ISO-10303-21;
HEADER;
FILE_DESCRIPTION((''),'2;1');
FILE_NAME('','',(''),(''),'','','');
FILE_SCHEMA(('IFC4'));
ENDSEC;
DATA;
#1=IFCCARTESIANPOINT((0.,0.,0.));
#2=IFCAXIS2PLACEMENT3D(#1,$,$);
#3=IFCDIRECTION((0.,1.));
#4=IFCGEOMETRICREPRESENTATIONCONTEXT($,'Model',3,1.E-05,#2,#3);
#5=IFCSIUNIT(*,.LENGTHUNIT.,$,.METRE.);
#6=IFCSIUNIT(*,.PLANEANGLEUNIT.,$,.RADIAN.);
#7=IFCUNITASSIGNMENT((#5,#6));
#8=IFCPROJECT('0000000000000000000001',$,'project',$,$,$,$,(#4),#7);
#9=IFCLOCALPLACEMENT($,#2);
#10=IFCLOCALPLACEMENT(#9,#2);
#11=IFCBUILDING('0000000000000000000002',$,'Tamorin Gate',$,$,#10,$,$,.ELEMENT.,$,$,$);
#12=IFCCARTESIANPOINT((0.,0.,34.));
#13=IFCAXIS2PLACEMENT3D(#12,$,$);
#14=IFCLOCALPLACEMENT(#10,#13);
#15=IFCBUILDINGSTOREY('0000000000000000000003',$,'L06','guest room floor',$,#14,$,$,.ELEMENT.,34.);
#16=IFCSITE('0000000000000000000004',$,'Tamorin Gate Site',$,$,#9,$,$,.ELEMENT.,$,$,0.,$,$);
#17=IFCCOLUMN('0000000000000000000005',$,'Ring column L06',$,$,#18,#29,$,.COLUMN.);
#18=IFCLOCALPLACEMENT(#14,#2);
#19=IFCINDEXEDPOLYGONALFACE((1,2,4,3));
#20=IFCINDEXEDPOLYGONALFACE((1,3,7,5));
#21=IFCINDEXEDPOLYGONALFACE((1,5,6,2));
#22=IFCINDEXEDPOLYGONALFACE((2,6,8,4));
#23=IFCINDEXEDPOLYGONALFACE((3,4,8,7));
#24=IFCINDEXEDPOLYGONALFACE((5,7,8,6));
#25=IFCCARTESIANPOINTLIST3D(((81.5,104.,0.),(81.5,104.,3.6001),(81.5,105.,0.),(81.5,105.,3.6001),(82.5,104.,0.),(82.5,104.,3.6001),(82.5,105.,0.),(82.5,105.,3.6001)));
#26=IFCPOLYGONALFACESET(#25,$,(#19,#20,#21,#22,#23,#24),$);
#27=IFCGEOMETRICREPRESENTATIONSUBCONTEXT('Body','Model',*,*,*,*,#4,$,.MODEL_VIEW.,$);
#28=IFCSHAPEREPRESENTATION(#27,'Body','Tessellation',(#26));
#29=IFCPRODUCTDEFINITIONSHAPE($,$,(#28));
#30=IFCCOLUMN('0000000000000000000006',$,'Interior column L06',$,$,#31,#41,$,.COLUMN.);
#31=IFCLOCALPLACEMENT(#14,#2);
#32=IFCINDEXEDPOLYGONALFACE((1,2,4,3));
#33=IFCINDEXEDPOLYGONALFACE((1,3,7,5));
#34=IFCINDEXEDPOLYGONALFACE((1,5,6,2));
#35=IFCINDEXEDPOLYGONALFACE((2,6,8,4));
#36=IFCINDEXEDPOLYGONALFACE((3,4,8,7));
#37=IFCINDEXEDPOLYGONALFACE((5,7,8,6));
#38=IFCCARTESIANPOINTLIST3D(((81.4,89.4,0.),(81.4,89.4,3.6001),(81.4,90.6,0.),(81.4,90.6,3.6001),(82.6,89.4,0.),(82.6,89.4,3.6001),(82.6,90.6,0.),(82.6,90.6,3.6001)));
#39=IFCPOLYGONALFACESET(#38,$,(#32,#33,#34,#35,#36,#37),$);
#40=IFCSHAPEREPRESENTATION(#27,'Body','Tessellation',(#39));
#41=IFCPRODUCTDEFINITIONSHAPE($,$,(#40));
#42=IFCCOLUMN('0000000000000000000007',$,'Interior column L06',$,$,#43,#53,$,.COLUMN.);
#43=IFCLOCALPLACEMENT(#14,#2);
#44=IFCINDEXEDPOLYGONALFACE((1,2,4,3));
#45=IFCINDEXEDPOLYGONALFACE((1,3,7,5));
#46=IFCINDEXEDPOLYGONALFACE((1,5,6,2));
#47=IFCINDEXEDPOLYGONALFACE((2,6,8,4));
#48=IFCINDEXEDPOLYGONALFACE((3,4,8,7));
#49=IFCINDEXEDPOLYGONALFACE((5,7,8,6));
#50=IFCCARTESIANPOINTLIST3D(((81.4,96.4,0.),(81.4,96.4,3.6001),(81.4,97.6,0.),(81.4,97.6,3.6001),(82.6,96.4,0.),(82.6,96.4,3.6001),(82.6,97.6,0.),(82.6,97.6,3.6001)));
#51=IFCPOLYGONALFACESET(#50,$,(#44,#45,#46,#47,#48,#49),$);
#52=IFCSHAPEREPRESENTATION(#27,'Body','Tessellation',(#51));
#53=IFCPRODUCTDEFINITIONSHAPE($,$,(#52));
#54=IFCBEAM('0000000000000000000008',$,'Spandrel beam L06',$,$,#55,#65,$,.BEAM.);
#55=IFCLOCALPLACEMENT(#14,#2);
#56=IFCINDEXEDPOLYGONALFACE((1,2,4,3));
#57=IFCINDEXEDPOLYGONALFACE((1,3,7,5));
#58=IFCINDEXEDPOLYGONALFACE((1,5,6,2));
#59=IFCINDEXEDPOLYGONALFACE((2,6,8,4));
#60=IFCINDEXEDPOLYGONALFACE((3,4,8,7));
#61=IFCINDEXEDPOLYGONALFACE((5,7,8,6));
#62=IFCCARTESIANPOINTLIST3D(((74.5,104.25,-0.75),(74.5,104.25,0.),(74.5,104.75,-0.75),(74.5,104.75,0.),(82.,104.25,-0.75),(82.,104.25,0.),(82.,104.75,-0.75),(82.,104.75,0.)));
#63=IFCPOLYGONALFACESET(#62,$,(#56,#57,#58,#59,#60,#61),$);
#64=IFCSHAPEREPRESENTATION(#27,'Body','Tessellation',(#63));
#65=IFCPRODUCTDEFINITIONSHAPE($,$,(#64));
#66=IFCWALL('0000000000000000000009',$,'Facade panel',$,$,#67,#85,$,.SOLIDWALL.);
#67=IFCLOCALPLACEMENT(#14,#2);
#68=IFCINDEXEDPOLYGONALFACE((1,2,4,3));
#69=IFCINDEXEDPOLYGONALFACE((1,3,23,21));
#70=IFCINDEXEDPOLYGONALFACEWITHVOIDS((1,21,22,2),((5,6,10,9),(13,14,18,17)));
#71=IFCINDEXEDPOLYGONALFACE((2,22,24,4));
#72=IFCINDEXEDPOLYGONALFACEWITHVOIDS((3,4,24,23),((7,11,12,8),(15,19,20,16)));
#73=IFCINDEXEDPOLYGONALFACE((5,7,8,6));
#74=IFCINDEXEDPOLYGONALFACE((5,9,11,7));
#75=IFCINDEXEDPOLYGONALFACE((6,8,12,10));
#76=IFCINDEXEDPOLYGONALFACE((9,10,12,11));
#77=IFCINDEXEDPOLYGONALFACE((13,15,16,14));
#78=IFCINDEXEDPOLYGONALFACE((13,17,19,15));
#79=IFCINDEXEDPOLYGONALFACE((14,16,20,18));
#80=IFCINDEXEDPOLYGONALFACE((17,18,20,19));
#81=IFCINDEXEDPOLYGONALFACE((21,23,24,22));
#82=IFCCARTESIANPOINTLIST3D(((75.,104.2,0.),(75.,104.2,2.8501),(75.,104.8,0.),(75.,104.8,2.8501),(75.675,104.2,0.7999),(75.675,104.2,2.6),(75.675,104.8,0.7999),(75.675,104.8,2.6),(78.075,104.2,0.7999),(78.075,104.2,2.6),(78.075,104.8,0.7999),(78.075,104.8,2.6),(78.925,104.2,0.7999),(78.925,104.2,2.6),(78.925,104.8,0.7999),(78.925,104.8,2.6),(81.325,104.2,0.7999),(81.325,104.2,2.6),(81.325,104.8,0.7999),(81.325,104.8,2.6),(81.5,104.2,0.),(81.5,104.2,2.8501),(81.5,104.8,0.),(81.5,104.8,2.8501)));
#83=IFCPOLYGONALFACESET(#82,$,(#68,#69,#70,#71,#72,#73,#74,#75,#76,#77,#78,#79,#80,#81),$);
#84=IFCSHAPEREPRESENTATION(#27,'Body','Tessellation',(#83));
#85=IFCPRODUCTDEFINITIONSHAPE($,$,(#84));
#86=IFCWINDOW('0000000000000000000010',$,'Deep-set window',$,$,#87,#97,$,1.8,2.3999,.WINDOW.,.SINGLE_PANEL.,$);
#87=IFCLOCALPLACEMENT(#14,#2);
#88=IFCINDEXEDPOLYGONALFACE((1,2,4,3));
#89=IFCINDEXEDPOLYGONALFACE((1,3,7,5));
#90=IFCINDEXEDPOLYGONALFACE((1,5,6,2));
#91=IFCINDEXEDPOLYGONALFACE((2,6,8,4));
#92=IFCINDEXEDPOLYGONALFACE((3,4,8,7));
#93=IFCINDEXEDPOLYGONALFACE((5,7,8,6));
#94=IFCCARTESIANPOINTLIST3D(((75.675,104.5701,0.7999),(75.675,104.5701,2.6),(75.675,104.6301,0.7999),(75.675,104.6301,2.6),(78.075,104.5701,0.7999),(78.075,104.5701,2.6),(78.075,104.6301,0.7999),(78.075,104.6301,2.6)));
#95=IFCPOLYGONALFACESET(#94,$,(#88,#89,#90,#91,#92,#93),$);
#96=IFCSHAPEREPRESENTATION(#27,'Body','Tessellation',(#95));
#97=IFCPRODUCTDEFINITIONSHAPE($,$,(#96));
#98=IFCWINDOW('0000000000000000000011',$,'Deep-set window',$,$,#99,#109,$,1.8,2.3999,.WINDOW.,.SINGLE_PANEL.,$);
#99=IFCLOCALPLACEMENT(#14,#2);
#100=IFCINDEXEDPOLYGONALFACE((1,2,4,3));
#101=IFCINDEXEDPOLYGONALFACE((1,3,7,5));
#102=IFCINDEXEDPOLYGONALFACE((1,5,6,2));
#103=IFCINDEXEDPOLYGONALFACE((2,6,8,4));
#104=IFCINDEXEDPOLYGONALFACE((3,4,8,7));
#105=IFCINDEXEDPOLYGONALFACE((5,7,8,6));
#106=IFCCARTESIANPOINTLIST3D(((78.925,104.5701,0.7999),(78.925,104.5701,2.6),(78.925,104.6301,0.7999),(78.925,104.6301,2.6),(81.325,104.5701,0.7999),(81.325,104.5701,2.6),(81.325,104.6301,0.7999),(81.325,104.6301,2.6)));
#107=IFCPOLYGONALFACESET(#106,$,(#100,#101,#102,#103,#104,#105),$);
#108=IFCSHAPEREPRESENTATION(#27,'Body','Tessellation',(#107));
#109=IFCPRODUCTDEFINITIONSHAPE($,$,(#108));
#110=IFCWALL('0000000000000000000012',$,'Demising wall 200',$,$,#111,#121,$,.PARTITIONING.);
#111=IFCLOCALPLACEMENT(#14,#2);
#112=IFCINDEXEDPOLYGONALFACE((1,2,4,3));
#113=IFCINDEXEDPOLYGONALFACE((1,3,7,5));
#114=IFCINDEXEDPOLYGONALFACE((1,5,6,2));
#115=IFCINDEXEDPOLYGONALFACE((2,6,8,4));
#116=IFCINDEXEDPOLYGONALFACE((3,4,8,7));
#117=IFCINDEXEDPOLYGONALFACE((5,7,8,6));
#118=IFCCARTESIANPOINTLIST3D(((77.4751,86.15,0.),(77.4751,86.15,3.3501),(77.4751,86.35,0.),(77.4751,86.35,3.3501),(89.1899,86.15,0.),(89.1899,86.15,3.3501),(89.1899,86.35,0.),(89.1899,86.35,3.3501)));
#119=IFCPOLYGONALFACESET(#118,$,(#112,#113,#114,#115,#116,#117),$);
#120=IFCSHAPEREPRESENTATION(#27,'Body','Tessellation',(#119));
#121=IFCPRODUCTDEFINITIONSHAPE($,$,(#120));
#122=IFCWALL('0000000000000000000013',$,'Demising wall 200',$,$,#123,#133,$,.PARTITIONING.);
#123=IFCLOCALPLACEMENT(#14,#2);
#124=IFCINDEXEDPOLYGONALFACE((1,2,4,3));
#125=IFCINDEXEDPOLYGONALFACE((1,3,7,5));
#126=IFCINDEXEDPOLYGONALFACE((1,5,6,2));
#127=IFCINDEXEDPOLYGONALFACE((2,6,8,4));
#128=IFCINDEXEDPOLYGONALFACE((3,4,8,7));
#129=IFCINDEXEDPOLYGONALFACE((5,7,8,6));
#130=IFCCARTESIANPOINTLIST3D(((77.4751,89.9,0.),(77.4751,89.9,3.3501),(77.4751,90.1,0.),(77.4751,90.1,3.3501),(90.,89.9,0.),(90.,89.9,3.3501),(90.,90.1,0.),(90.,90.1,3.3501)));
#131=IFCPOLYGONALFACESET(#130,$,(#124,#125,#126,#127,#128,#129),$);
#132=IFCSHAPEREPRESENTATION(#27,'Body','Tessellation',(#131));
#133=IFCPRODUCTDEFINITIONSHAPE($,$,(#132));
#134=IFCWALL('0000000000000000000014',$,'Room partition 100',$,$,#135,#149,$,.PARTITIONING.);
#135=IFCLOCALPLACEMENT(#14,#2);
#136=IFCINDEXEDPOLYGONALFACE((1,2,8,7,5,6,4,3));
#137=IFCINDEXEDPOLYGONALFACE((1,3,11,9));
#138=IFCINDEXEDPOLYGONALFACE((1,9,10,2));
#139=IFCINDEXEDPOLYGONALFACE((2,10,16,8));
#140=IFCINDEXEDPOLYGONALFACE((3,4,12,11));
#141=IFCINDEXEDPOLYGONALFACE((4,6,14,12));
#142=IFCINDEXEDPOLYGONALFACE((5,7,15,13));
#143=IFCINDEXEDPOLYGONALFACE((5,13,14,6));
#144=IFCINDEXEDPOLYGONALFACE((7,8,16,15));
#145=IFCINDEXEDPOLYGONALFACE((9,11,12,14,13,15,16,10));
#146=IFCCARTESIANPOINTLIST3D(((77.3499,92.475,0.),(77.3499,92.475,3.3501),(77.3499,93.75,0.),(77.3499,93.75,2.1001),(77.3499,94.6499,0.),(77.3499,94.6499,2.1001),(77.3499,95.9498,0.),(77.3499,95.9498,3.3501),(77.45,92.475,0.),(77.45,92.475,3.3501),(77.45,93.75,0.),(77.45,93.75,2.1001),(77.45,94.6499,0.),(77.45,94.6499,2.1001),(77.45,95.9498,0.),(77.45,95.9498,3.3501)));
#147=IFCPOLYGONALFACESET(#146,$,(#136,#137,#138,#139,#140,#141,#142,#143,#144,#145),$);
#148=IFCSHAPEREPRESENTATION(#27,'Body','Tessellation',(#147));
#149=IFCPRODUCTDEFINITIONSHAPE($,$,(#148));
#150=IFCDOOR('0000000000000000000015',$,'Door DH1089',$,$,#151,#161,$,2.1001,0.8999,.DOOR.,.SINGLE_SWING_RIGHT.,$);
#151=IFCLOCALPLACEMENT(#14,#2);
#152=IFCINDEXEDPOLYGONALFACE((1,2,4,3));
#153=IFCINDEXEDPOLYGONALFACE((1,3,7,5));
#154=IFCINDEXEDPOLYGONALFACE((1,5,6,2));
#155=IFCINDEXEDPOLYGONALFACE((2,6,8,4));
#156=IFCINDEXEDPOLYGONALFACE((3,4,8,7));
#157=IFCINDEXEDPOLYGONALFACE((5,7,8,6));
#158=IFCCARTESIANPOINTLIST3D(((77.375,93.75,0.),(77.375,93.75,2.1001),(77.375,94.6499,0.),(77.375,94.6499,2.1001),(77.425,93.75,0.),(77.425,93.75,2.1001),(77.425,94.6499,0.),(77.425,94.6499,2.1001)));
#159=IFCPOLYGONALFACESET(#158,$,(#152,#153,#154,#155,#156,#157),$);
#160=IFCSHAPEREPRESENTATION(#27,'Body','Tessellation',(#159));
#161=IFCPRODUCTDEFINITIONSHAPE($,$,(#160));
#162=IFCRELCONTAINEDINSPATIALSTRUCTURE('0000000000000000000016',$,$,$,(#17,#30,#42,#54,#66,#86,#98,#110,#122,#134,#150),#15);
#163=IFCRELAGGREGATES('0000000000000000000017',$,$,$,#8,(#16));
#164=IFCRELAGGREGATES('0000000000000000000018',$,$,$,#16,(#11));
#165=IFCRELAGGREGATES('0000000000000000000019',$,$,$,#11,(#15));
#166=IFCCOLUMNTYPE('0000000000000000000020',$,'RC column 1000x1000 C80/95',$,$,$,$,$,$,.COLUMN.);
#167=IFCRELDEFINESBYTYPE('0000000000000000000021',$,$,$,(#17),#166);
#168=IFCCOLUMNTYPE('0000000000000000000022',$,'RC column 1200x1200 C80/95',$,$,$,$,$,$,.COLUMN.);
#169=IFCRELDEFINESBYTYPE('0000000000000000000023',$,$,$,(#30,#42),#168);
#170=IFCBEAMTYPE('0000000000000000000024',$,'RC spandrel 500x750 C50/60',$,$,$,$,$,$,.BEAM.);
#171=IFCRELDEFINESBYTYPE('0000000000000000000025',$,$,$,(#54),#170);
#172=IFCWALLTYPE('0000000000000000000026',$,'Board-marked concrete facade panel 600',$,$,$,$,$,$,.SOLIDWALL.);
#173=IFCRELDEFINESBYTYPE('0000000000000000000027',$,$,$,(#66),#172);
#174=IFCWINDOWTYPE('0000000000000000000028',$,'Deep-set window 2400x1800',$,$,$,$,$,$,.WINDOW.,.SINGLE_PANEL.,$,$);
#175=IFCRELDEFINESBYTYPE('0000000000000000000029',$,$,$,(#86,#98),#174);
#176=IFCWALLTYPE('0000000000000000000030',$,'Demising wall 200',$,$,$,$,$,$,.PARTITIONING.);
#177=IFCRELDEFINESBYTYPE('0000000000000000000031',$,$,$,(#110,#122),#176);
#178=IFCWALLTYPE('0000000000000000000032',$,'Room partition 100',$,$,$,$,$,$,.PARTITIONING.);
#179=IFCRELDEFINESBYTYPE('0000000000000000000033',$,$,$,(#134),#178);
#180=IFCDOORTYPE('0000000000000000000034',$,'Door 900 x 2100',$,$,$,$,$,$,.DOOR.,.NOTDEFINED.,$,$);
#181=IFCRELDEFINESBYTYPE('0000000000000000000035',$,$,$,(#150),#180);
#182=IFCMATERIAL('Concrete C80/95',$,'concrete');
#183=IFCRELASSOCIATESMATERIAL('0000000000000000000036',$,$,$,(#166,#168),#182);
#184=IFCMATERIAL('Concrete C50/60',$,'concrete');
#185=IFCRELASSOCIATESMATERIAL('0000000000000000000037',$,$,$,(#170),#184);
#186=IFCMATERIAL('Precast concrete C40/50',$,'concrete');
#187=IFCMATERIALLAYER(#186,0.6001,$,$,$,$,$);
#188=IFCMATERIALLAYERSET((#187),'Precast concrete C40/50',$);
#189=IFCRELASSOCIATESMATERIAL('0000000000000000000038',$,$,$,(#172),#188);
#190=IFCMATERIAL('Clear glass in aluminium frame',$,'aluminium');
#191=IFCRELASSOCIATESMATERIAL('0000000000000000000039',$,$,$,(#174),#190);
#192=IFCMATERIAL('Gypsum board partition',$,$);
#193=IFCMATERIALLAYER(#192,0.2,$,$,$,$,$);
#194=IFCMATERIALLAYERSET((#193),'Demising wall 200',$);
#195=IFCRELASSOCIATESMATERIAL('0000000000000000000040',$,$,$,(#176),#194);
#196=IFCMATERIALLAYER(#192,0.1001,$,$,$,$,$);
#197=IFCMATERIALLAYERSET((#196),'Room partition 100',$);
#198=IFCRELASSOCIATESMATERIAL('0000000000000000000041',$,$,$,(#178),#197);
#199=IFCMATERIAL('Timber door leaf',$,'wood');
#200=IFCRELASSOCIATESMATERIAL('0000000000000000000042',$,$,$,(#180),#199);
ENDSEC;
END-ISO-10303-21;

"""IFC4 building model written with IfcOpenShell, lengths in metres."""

from ifc_helpers import new_model, si_unit, direction, frame, frame_2d, origin, origin_2d, place, context, subcontext, project, spatial, rectangle, extrude, material, layer, layer_set, material_profile, profile_set, type_object, element, fill, save


model = new_model("IFC4")

# Units and contexts
model_context = context("Model", 3, precision=1e-05, world=origin(), true_north=direction((0.0, 1.0)))
body_context = subcontext(model_context, "Body", "Model", "MODEL_VIEW")
ifc_project = project(units=[si_unit("LENGTHUNIT", "METRE"), si_unit("PLANEANGLEUNIT", "RADIAN")], contexts=[model_context])

# Site, building, storey
site_placement = place(None, origin())
site = spatial("IfcSite", under=ifc_project, at=site_placement, Name="Tamorin Gate Site", CompositionType="ELEMENT", RefElevation=0.0)
building_placement = place(site_placement, origin())
building = spatial("IfcBuilding", under=site, at=building_placement, Name="Tamorin Gate", CompositionType="ELEMENT")
storey_placement = place(building_placement, frame((0.0, 0.0, 34.0)))
storey = spatial("IfcBuildingStorey", under=building, at=storey_placement, Name="L06", Description="guest room floor", CompositionType="ELEMENT", Elevation=34.0)

# Columns
ifc_material_1 = material(Name="Concrete C80/95", Category="concrete")
ifc_material_profile_1 = material_profile(ifc_material_1, rectangle(XDim=1.0, YDim=1.0, at=origin_2d()), Name="RC 1000x1000")
ifc_profile_set_1 = profile_set([ifc_material_profile_1], Name="Concrete C80/95")
column_type_1 = type_object("IfcColumnType", Name="RC column 1000x1000 C80/95", PredefinedType="COLUMN", material=ifc_profile_set_1)
column_placement = place(storey_placement, frame((82.0, 104.5, 0.0), z_axis=(0.0, 0.0, 1.0), x_axis=(1.0, 0.0, 0.0)))
element("IfcColumn", 1, at=column_placement, inside=storey, type_object=column_type_1, Name="Ring column L06", PredefinedType="COLUMN", context=body_context, shape_type="SweptSolid", body=[
    extrude(rectangle(XDim=1.0, YDim=1.0, at=origin_2d()), origin(), (0.0, 0.0, 1.0), 3.6001),
])
ifc_material_profile_2 = material_profile(ifc_material_1, rectangle(XDim=1.2, YDim=1.2, at=origin_2d()), Name="RC 1200x1200")
ifc_profile_set_2 = profile_set([ifc_material_profile_2], Name="Concrete C80/95")
column_type_2 = type_object("IfcColumnType", Name="RC column 1200x1200 C80/95", PredefinedType="COLUMN", material=ifc_profile_set_2)
for number, where, z_axis, x_axis, name in (
    (2, (82.0, 90.0, 0.0), (0.0, 0.0, 1.0), (1.0, 0.0, 0.0), "Interior column L06"),
    (3, (82.0, 97.0, 0.0), (0.0, 0.0, 1.0), (1.0, 0.0, 0.0), "Interior column L06"),
):
    element("IfcColumn", number, at=place(storey_placement, frame(where, z_axis=z_axis, x_axis=x_axis)), inside=storey, type_object=column_type_2, Name=name, PredefinedType="COLUMN", context=body_context, shape_type="SweptSolid", body=[
        extrude(rectangle(XDim=1.2, YDim=1.2, at=origin_2d()), origin(), (0.0, 0.0, 1.0), 3.6001),
    ])

# Beam
ifc_material_2 = material(Name="Concrete C50/60", Category="concrete")
ifc_material_profile_3 = material_profile(ifc_material_2, rectangle(XDim=0.5, YDim=0.75, at=origin_2d()), Name="RC 500x750")
ifc_profile_set_3 = profile_set([ifc_material_profile_3], Name="Concrete C50/60")
beam_type = type_object("IfcBeamType", Name="RC spandrel 500x750 C50/60", PredefinedType="BEAM", material=ifc_profile_set_3)
beam_placement = place(storey_placement, frame((82.0, 104.5, -0.375), z_axis=(-1.0, 0.0, 0.0), x_axis=(0.0, -1.0, 0.0)))
element("IfcBeam", 4, at=beam_placement, inside=storey, type_object=beam_type, Name="Spandrel beam L06", PredefinedType="BEAM", context=body_context, shape_type="SweptSolid", body=[
    extrude(rectangle(XDim=0.5, YDim=0.75, at=origin_2d()), origin(), (0.0, 0.0, 1.0), 7.5),
])

# Wall, openings, windows
ifc_material_3 = material(Name="Precast concrete C40/50", Category="concrete")
ifc_layer_1 = layer(ifc_material_3, 0.6001)
ifc_layer_set_1 = layer_set([ifc_layer_1], Name="Precast concrete C40/50")
wall_type_1 = type_object("IfcWallType", Name="Board-marked concrete facade panel 600", PredefinedType="SOLIDWALL", material=ifc_layer_set_1)
wall_1_placement = place(storey_placement, frame((81.5, 104.5, 0.0), z_axis=(0.0, 0.0, 1.0), x_axis=(-1.0, 0.0, 0.0)))
wall_1 = element("IfcWall", 5, at=wall_1_placement, inside=storey, type_object=wall_type_1, Name="Facade panel", PredefinedType="SOLIDWALL", context=body_context, shape_type="SweptSolid", body=[
    extrude(rectangle(XDim=6.5, YDim=0.6001, at=frame_2d((3.25, 0.0))), origin(), (0.0, 0.0, 1.0), 2.8501),
])
opening_1_placement = place(wall_1_placement, frame((3.425, 0.0, 0.8)))
opening_1 = element("IfcOpeningElement", 6, at=opening_1_placement, cuts=wall_1, PredefinedType="OPENING", context=body_context, shape_type="SweptSolid", body=[
    extrude(rectangle(XDim=2.3999, YDim=1.8, at=frame_2d((1.2, 0.8999))), frame((0.0, 0.3101, 0.0), z_axis=(0.0, -1.0, 0.0), x_axis=(1.0, 0.0, 0.0)), (0.0, 0.0, 1.0), 0.6201),
])
opening_2_placement = place(wall_1_placement, frame((0.175, 0.0, 0.8)))
opening_2 = element("IfcOpeningElement", 7, at=opening_2_placement, cuts=wall_1, PredefinedType="OPENING", context=body_context, shape_type="SweptSolid", body=[
    extrude(rectangle(XDim=2.3999, YDim=1.8, at=frame_2d((1.2, 0.8999))), frame((0.0, 0.3101, 0.0), z_axis=(0.0, -1.0, 0.0), x_axis=(1.0, 0.0, 0.0)), (0.0, 0.0, 1.0), 0.6201),
])
ifc_material_4 = material(Name="Clear glass in aluminium frame", Category="aluminium")
window_type = type_object("IfcWindowType", Name="Deep-set window 2400x1800", PartitioningType="SINGLE_PANEL", PredefinedType="WINDOW", material=ifc_material_4)
window_1_placement = place(opening_1_placement, origin())
window_1 = element("IfcWindow", 8, at=window_1_placement, inside=storey, type_object=window_type, Name="Deep-set window", OverallHeight=1.8, OverallWidth=2.3999, PartitioningType="SINGLE_PANEL", PredefinedType="WINDOW", context=body_context, shape_type="SweptSolid", body=[
    extrude(rectangle(XDim=2.3999, YDim=1.8, at=frame_2d((1.2, 0.8999))), frame((0.0, -0.0701, 0.0), z_axis=(0.0, -1.0, 0.0), x_axis=(1.0, 0.0, 0.0)), (0.0, 0.0, 1.0), 0.0601),
])
fill(opening_1, window_1)
window_2_placement = place(opening_2_placement, origin())
window_2 = element("IfcWindow", 9, at=window_2_placement, inside=storey, type_object=window_type, Name="Deep-set window", OverallHeight=1.8, OverallWidth=2.3999, PartitioningType="SINGLE_PANEL", PredefinedType="WINDOW", context=body_context, shape_type="SweptSolid", body=[
    extrude(rectangle(XDim=2.3999, YDim=1.8, at=frame_2d((1.2, 0.8999))), frame((0.0, -0.0701, 0.0), z_axis=(0.0, -1.0, 0.0), x_axis=(1.0, 0.0, 0.0)), (0.0, 0.0, 1.0), 0.0601),
])
fill(opening_2, window_2)

# Walls
ifc_material_5 = material(Name="Gypsum board partition")
ifc_layer_2 = layer(ifc_material_5, 0.2)
ifc_layer_set_2 = layer_set([ifc_layer_2], Name="Demising wall 200")
wall_type_2 = type_object("IfcWallType", Name="Demising wall 200", PredefinedType="PARTITIONING", material=ifc_layer_set_2)
wall_2_placement = place(storey_placement, frame((77.4751, 86.25, 0.0), z_axis=(0.0, 0.0, 1.0), x_axis=(1.0, 0.0, 0.0)))
element("IfcWall", 10, at=wall_2_placement, inside=storey, type_object=wall_type_2, Name="Demising wall 200", PredefinedType="PARTITIONING", context=body_context, shape_type="SweptSolid", body=[
    extrude(rectangle(XDim=11.7148, YDim=0.2, at=frame_2d((5.8574, 0.0))), origin(), (0.0, 0.0, 1.0), 3.3501),
])
wall_3_placement = place(storey_placement, frame((77.4751, 90.0, 0.0), z_axis=(0.0, 0.0, 1.0), x_axis=(1.0, 0.0, 0.0)))
element("IfcWall", 11, at=wall_3_placement, inside=storey, type_object=wall_type_2, Name="Demising wall 200", PredefinedType="PARTITIONING", context=body_context, shape_type="SweptSolid", body=[
    extrude(rectangle(XDim=12.5249, YDim=0.2, at=frame_2d((6.2625, 0.0))), origin(), (0.0, 0.0, 1.0), 3.3501),
])

# Wall, opening, door
ifc_layer_3 = layer(ifc_material_5, 0.1001)
ifc_layer_set_3 = layer_set([ifc_layer_3], Name="Room partition 100")
wall_type_3 = type_object("IfcWallType", Name="Room partition 100", PredefinedType="PARTITIONING", material=ifc_layer_set_3)
wall_4_placement = place(storey_placement, frame((77.3999, 92.4751, 0.0), z_axis=(0.0, 0.0, 1.0), x_axis=(0.0, 1.0, 0.0)))
wall_4 = element("IfcWall", 12, at=wall_4_placement, inside=storey, type_object=wall_type_3, Name="Room partition 100", PredefinedType="PARTITIONING", context=body_context, shape_type="SweptSolid", body=[
    extrude(rectangle(XDim=3.4749, YDim=0.1001, at=frame_2d((1.7373, 0.0))), origin(), (0.0, 0.0, 1.0), 3.3501),
])
opening_3_placement = place(wall_4_placement, frame((1.2749, 0.0, 0.0)))
opening_3 = element("IfcOpeningElement", 13, at=opening_3_placement, cuts=wall_4, PredefinedType="OPENING", context=body_context, shape_type="SweptSolid", body=[
    extrude(rectangle(XDim=0.8999, YDim=2.1001, at=frame_2d((0.45, 1.05))), frame((0.0, 0.0601, 0.0), z_axis=(0.0, -1.0, 0.0), x_axis=(1.0, 0.0, 0.0)), (0.0, 0.0, 1.0), 0.1201),
])
ifc_material_6 = material(Name="Timber door leaf", Category="wood")
door_type = type_object("IfcDoorType", Name="Door 900 x 2100", OperationType="NOTDEFINED", PredefinedType="DOOR", material=ifc_material_6)
door_1_placement = place(opening_3_placement, origin())
door_1 = element("IfcDoor", 14, at=door_1_placement, inside=storey, type_object=door_type, Name="Door DH1089", OperationType="SINGLE_SWING_RIGHT", OverallHeight=2.1001, OverallWidth=0.8999, PredefinedType="DOOR", context=body_context, shape_type="SweptSolid", body=[
    extrude(rectangle(XDim=0.8999, YDim=2.1001, at=frame_2d((0.45, 1.05))), frame((0.0, 0.0249, 0.0), z_axis=(0.0, -1.0, 0.0), x_axis=(1.0, 0.0, 0.0)), (0.0, 0.0, 1.0), 0.05),
])
fill(opening_3, door_1)

save(model, "model.ifc")
